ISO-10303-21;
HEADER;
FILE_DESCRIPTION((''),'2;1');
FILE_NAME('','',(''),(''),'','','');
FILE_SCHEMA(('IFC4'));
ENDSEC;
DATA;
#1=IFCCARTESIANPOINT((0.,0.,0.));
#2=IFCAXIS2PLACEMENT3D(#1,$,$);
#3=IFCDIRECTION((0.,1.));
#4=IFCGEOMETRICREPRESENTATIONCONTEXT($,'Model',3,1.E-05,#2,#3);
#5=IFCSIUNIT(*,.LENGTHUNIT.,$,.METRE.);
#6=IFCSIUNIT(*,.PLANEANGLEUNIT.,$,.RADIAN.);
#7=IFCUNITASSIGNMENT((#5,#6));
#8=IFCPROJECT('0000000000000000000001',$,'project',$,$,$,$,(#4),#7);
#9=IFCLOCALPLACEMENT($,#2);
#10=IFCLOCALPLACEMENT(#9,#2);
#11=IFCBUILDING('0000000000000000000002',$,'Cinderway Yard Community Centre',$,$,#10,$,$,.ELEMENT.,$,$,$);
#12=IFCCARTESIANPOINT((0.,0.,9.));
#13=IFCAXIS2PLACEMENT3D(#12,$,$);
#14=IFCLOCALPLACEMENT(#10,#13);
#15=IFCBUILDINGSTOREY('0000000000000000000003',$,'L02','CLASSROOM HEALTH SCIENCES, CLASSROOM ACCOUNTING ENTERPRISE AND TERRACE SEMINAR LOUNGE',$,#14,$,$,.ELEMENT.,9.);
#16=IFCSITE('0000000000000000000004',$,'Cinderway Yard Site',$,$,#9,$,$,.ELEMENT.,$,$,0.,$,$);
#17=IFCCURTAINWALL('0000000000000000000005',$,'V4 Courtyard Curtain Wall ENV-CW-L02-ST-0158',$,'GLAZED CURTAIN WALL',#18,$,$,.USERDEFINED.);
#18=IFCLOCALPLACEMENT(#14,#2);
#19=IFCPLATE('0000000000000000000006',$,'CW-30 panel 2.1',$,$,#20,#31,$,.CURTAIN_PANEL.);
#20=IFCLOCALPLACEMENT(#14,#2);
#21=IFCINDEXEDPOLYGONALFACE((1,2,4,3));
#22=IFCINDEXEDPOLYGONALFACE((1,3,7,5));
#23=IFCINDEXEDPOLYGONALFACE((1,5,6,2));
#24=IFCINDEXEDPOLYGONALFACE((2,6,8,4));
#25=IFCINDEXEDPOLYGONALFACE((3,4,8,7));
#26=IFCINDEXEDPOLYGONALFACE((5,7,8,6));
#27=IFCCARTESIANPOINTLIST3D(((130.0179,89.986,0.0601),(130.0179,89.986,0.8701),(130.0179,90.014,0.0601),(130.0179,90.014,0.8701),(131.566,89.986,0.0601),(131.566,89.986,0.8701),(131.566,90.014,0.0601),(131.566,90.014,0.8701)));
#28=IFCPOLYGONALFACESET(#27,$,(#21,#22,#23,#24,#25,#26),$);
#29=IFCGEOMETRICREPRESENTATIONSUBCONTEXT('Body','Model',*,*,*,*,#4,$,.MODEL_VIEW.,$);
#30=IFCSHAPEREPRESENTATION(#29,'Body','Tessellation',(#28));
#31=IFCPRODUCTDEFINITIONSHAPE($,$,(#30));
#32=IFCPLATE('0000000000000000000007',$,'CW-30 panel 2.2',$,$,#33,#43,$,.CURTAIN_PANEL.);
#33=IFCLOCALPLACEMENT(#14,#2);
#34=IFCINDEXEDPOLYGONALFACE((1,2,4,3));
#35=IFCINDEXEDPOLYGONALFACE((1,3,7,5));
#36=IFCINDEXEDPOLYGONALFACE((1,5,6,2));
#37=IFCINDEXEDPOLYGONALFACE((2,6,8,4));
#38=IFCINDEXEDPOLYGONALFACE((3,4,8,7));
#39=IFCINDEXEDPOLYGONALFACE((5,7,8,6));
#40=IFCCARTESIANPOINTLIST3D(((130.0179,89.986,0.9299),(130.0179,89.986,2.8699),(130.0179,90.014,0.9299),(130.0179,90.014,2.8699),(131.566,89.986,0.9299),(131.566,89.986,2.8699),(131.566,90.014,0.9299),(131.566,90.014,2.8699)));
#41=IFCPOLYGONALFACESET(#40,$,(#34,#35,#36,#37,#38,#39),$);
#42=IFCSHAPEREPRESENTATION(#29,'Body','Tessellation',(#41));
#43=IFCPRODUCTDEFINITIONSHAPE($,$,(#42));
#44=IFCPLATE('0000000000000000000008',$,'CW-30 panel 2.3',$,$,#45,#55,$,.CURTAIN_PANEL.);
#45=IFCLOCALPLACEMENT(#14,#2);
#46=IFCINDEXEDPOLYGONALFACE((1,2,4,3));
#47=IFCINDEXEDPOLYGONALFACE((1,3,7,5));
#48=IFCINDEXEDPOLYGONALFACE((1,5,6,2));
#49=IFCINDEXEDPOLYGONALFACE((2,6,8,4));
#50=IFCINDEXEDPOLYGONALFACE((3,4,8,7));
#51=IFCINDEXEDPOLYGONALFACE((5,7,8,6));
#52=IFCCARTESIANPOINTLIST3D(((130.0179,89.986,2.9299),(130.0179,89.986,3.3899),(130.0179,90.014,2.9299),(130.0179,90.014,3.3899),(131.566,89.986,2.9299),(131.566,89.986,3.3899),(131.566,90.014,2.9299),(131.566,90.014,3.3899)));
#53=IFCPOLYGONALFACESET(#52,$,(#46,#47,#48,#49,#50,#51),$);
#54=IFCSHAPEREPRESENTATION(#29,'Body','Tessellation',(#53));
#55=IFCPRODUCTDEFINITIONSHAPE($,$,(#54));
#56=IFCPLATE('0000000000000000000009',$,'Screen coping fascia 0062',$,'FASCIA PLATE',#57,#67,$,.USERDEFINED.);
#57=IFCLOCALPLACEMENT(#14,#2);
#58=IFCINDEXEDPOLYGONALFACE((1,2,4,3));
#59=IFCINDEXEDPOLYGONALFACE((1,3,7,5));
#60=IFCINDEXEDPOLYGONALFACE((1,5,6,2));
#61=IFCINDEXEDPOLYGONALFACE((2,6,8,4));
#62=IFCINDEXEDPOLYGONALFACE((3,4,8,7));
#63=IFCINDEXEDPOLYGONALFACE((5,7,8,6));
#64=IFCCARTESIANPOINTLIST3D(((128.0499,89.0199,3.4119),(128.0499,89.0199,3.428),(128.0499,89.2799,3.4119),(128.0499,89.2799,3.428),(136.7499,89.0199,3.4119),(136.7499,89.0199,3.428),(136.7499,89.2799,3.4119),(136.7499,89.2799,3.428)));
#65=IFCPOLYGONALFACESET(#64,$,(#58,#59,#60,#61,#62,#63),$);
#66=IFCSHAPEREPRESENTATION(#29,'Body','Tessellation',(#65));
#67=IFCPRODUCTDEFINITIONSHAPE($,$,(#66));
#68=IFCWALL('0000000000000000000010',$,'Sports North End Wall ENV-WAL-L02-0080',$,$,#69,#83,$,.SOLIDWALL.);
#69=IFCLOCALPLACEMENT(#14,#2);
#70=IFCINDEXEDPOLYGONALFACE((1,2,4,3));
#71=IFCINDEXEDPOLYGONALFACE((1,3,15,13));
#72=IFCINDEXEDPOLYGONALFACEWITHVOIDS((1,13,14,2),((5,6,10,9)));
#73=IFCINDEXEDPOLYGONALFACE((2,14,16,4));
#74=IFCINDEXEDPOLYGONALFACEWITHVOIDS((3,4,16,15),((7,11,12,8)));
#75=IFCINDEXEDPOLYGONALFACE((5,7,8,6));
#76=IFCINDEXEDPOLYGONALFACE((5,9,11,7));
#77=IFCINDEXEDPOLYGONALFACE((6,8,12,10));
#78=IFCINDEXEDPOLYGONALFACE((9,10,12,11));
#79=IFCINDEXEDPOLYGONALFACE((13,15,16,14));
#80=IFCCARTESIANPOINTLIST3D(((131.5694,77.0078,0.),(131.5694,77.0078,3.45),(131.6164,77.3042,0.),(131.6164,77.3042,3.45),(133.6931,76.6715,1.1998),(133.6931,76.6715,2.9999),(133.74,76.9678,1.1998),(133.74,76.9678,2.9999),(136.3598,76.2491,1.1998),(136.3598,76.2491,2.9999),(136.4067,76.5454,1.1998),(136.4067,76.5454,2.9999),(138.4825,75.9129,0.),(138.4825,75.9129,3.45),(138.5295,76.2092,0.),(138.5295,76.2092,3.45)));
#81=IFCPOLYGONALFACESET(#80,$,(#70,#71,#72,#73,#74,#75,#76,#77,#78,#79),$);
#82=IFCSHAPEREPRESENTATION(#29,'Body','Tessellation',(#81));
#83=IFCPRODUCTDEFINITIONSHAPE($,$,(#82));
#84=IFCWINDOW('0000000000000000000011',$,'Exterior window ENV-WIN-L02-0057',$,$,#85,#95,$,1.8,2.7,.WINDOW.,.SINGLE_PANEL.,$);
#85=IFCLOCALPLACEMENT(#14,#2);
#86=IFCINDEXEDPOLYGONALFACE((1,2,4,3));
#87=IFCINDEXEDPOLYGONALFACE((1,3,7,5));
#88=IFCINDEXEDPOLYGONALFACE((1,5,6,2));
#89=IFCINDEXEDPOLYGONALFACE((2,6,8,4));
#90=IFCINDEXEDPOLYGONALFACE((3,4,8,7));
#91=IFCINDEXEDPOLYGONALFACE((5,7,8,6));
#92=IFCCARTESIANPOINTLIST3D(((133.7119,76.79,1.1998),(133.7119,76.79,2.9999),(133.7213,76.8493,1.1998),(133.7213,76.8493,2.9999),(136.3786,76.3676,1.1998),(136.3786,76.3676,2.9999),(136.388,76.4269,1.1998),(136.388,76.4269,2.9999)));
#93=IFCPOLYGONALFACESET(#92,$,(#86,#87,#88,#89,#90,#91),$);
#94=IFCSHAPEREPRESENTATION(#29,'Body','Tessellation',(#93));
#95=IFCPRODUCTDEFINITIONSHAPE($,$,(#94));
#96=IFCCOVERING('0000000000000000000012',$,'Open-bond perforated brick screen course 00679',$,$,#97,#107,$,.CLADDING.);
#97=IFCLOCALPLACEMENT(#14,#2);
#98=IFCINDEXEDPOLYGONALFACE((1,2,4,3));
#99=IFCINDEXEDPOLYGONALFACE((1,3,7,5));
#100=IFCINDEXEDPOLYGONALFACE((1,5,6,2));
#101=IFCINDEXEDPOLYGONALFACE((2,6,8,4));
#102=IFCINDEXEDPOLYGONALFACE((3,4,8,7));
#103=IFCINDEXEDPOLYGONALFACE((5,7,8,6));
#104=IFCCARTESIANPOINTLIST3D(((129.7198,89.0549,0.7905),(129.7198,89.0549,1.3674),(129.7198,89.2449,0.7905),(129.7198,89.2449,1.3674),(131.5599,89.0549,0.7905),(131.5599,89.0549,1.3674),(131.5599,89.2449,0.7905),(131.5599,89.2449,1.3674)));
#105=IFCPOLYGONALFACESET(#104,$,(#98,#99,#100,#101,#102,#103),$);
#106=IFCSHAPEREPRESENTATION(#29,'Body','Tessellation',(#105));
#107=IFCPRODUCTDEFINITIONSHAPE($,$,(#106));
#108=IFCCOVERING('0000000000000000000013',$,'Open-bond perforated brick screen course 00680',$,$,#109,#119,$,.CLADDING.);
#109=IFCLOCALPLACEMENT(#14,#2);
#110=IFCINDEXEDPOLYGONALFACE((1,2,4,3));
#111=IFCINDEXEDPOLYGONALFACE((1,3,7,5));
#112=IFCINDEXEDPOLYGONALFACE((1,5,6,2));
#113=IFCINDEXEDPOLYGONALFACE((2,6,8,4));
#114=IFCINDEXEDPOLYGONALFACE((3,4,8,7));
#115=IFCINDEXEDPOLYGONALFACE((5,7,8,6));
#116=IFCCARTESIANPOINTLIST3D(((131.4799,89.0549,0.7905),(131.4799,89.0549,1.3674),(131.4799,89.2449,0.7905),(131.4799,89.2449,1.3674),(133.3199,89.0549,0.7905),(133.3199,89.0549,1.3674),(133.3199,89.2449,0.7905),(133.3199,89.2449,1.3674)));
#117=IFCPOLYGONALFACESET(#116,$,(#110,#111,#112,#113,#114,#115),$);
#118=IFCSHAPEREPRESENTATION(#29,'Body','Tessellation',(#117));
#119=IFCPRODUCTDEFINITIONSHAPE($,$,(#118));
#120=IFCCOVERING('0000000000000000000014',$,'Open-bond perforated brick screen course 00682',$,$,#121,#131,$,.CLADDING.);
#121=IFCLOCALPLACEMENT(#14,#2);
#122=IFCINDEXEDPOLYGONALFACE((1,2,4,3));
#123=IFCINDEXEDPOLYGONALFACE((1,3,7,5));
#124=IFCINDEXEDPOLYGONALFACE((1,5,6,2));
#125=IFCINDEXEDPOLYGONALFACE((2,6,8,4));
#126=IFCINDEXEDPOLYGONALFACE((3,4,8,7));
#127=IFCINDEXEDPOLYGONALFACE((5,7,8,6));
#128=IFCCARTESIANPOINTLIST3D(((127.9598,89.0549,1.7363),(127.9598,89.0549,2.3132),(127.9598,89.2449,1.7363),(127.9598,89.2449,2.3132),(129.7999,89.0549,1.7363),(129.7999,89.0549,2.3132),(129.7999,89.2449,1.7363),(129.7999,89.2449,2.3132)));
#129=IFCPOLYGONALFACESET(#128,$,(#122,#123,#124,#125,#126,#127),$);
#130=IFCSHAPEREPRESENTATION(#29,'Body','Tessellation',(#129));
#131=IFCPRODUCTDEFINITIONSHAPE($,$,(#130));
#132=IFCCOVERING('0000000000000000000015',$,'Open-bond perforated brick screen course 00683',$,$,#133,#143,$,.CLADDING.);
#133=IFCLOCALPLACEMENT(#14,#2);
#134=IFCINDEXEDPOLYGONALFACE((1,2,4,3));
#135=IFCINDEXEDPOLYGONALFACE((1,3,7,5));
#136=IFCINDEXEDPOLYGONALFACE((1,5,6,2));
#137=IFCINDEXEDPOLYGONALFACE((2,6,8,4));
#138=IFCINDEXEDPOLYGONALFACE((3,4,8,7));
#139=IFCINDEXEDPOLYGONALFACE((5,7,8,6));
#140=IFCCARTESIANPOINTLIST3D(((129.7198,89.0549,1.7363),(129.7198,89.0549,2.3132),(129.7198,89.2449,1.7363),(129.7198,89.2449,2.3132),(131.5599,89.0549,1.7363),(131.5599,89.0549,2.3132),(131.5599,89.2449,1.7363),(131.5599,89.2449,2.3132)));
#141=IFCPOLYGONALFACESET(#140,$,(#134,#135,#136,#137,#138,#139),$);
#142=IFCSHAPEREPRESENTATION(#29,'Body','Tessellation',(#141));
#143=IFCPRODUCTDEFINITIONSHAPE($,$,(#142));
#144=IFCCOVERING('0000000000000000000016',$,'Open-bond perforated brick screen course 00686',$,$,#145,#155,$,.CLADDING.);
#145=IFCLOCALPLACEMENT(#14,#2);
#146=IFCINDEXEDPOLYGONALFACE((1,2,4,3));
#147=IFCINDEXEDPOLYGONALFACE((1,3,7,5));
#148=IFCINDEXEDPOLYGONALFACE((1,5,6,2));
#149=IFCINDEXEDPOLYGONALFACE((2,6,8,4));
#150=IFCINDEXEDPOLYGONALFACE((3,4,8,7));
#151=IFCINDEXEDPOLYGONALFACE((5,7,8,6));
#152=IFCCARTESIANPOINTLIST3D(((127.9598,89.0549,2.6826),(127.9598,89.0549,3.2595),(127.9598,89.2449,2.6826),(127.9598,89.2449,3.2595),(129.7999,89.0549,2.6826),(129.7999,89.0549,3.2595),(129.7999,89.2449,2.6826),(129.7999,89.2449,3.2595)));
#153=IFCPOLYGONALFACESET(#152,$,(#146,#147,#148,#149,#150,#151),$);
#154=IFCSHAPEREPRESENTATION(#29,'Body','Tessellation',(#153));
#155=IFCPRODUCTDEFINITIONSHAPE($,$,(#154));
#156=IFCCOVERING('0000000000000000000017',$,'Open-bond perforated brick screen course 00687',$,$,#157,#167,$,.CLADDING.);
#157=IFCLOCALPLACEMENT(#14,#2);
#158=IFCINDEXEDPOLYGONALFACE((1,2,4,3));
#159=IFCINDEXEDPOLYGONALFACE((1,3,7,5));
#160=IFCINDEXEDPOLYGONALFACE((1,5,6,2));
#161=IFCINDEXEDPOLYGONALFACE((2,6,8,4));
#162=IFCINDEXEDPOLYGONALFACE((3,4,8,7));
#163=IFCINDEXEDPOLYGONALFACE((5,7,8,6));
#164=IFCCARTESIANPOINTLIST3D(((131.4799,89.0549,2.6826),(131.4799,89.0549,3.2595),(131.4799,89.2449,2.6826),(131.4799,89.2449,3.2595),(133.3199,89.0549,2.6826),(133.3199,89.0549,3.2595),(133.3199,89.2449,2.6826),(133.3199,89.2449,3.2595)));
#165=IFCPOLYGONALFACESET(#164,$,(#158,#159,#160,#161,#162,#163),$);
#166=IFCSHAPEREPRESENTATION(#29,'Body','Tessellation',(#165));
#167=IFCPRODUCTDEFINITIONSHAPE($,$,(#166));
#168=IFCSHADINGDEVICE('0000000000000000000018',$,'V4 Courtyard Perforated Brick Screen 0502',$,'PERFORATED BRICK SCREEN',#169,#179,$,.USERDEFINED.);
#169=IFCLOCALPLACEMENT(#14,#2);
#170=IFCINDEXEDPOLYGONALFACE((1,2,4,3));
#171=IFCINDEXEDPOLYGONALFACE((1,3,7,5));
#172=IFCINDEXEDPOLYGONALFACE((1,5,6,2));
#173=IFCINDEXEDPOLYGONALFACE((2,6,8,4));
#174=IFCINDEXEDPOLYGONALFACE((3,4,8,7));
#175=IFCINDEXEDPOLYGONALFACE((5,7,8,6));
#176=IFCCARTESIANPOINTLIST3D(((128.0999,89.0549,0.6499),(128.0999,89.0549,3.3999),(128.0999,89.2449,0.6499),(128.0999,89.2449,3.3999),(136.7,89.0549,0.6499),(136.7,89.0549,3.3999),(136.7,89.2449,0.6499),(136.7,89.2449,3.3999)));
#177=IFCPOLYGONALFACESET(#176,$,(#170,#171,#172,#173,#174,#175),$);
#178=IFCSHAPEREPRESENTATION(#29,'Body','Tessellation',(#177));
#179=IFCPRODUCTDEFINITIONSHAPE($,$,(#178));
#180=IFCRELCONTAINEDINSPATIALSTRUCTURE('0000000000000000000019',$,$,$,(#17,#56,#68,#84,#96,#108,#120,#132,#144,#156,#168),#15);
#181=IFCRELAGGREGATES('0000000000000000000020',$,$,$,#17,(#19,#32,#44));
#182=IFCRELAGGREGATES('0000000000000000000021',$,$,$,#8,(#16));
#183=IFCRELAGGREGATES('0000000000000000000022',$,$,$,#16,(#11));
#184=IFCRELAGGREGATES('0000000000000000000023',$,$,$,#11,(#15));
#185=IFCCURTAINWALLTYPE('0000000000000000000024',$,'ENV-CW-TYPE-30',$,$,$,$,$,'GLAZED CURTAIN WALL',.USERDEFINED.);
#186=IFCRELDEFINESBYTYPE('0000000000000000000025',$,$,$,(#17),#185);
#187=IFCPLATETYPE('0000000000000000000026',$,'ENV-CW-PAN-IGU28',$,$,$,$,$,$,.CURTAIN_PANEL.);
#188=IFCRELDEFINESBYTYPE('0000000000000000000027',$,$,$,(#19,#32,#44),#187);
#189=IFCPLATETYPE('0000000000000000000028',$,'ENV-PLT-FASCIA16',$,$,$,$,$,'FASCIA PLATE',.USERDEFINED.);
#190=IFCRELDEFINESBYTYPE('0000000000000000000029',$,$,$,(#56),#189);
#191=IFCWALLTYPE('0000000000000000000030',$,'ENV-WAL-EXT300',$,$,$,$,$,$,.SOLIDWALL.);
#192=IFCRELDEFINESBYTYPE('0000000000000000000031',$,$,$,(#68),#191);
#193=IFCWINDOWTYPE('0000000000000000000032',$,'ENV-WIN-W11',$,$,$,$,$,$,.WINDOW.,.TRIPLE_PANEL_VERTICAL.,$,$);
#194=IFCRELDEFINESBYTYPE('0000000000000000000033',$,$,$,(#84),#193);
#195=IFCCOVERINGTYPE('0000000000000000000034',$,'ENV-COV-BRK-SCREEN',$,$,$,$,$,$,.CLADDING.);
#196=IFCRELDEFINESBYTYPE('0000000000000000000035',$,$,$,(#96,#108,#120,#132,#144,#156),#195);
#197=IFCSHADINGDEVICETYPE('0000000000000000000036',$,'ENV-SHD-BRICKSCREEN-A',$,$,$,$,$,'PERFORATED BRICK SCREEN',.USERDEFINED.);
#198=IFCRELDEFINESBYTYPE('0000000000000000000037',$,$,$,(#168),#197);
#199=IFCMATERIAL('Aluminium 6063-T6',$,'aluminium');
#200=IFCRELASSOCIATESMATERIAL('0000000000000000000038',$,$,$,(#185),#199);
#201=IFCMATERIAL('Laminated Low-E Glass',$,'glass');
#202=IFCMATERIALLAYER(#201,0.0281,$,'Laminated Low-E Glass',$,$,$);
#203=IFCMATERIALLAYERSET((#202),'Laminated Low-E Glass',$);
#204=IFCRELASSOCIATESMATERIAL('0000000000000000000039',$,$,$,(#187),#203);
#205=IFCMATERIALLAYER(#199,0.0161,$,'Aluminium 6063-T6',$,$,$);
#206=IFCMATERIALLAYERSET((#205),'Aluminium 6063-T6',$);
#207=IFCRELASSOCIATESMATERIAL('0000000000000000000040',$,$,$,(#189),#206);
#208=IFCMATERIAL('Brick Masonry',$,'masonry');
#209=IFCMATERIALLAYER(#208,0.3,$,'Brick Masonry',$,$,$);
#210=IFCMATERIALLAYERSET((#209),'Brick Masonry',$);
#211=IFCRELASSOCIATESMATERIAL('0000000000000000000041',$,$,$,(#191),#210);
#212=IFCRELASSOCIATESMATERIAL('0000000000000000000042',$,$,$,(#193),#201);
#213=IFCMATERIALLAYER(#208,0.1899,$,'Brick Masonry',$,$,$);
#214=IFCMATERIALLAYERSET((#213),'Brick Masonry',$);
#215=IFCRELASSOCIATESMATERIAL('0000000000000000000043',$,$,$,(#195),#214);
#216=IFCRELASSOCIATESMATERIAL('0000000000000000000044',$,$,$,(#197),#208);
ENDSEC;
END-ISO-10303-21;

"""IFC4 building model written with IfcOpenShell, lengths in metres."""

from ifc_helpers import new_model, si_unit, direction, frame, frame_2d, origin, origin_2d, place, context, subcontext, project, spatial, rectangle, extrude, material, layer, layer_set, type_object, element, fill, aggregate, save


model = new_model("IFC4")

# Units and contexts
model_context = context("Model", 3, precision=1e-05, world=origin(), true_north=direction((0.0, 1.0)))
body_context = subcontext(model_context, "Body", "Model", "MODEL_VIEW")
ifc_project = project(units=[si_unit("LENGTHUNIT", "METRE"), si_unit("PLANEANGLEUNIT", "RADIAN")], contexts=[model_context])

# Site, building, storey
site_placement = place(None, origin())
site = spatial("IfcSite", under=ifc_project, at=site_placement, Name="Cinderway Yard Site", CompositionType="ELEMENT", RefElevation=0.0)
building_placement = place(site_placement, origin())
building = spatial("IfcBuilding", under=site, at=building_placement, Name="Cinderway Yard Community Centre", CompositionType="ELEMENT")
storey_placement = place(building_placement, frame((0.0, 0.0, 9.0)))
storey = spatial("IfcBuildingStorey", under=building, at=storey_placement, Name="L02", Description="CLASSROOM HEALTH SCIENCES, CLASSROOM ACCOUNTING ENTERPRISE AND TERRACE SEMINAR LOUNGE", CompositionType="ELEMENT", Elevation=9.0)

# Curtain wall
ifc_material_1 = material(Name="Aluminium 6063-T6", Category="aluminium")
curtain_wall_type = type_object("IfcCurtainWallType", Name="ENV-CW-TYPE-30", ElementType="GLAZED CURTAIN WALL", PredefinedType="USERDEFINED", material=ifc_material_1)
curtain_wall_placement = place(storey_placement, origin())
curtain_wall = element("IfcCurtainWall", 1, at=curtain_wall_placement, inside=storey, type_object=curtain_wall_type, Name="V4 Courtyard Curtain Wall ENV-CW-L02-ST-0158", ObjectType="GLAZED CURTAIN WALL", PredefinedType="USERDEFINED")

# Plates
ifc_material_2 = material(Name="Laminated Low-E Glass", Category="glass")
ifc_layer_1 = layer(ifc_material_2, 0.0281, Name="Laminated Low-E Glass")
ifc_layer_set_1 = layer_set([ifc_layer_1], Name="Laminated Low-E Glass")
plate_type_1 = type_object("IfcPlateType", Name="ENV-CW-PAN-IGU28", PredefinedType="CURTAIN_PANEL", material=ifc_layer_set_1)
plate_1_placement = place(storey_placement, frame((130.792, 90.0, 0.0601), z_axis=(0.0, 0.0, 1.0), x_axis=(1.0, 0.0, 0.0)))
plate_1 = element("IfcPlate", 2, at=plate_1_placement, type_object=plate_type_1, Name="CW-30 panel 2.1", PredefinedType="CURTAIN_PANEL", context=body_context, shape_type="SweptSolid", body=[
    extrude(rectangle(XDim=1.5481, YDim=0.0281, at=origin_2d()), origin(), (0.0, 0.0, 1.0), 0.8101),
])
plate_2_placement = place(storey_placement, frame((130.792, 90.0, 0.9299), z_axis=(0.0, 0.0, 1.0), x_axis=(1.0, 0.0, 0.0)))
plate_2 = element("IfcPlate", 3, at=plate_2_placement, type_object=plate_type_1, Name="CW-30 panel 2.2", PredefinedType="CURTAIN_PANEL", context=body_context, shape_type="SweptSolid", body=[
    extrude(rectangle(XDim=1.5481, YDim=0.0281, at=origin_2d()), origin(), (0.0, 0.0, 1.0), 1.9399),
])
plate_3_placement = place(storey_placement, frame((130.792, 90.0, 2.9299), z_axis=(0.0, 0.0, 1.0), x_axis=(1.0, 0.0, 0.0)))
plate_3 = element("IfcPlate", 4, at=plate_3_placement, type_object=plate_type_1, Name="CW-30 panel 2.3", PredefinedType="CURTAIN_PANEL", context=body_context, shape_type="SweptSolid", body=[
    extrude(rectangle(XDim=1.5481, YDim=0.0281, at=origin_2d()), origin(), (0.0, 0.0, 1.0), 0.46),
])
aggregate(curtain_wall, [plate_1, plate_2, plate_3])
ifc_layer_2 = layer(ifc_material_1, 0.0161, Name="Aluminium 6063-T6")
ifc_layer_set_2 = layer_set([ifc_layer_2], Name="Aluminium 6063-T6")
plate_type_2 = type_object("IfcPlateType", Name="ENV-PLT-FASCIA16", ElementType="FASCIA PLATE", PredefinedType="USERDEFINED", material=ifc_layer_set_2)
plate_4_placement = place(storey_placement, frame((132.3999, 89.1499, 3.4119), z_axis=(0.0, 0.0, 1.0), x_axis=(-1.0, 0.0, 0.0)))
element("IfcPlate", 5, at=plate_4_placement, inside=storey, type_object=plate_type_2, Name="Screen coping fascia 0062", ObjectType="FASCIA PLATE", PredefinedType="USERDEFINED", context=body_context, shape_type="SweptSolid", body=[
    extrude(rectangle(XDim=8.7, YDim=0.26, at=origin_2d()), origin(), (0.0, 0.0, 1.0), 0.0161),
])

# Wall, opening, window
ifc_material_3 = material(Name="Brick Masonry", Category="masonry")
ifc_layer_3 = layer(ifc_material_3, 0.3, Name="Brick Masonry")
ifc_layer_set_3 = layer_set([ifc_layer_3], Name="Brick Masonry")
wall_type = type_object("IfcWallType", Name="ENV-WAL-EXT300", PredefinedType="SOLIDWALL", material=ifc_layer_set_3)
wall_placement = place(storey_placement, frame((131.593, 77.156, 0.0), z_axis=(0.0, 0.0, 1.0), x_axis=(0.987687, -0.156441, 0.0)))
wall = element("IfcWall", 6, at=wall_placement, inside=storey, type_object=wall_type, Name="Sports North End Wall ENV-WAL-L02-0080", PredefinedType="SOLIDWALL", context=body_context, shape_type="SweptSolid", body=[
    extrude(rectangle(XDim=6.9993, YDim=0.3, at=frame_2d((3.4995, 0.0))), origin(), (0.0, 0.0, 1.0), 3.45),
])
opening_placement = place(wall_placement, frame((2.1499, 0.0, 1.2)))
opening = element("IfcOpeningElement", 7, at=opening_placement, cuts=wall, PredefinedType="OPENING", context=body_context, shape_type="SweptSolid", body=[
    extrude(rectangle(XDim=2.7, YDim=1.8, at=frame_2d((1.3501, 0.8999))), frame((0.0, 0.1599, 0.0), z_axis=(0.0, -1.0, 0.0), x_axis=(1.0, 0.0, 0.0)), (0.0, 0.0, 1.0), 0.3201),
])
window_type = type_object("IfcWindowType", Name="ENV-WIN-W11", PartitioningType="TRIPLE_PANEL_VERTICAL", PredefinedType="WINDOW", material=ifc_material_2)
window_placement = place(opening_placement, origin())
window = element("IfcWindow", 8, at=window_placement, inside=storey, type_object=window_type, Name="Exterior window ENV-WIN-L02-0057", OverallHeight=1.8, OverallWidth=2.7, PartitioningType="SINGLE_PANEL", PredefinedType="WINDOW", context=body_context, shape_type="SweptSolid", body=[
    extrude(rectangle(XDim=2.7, YDim=1.8, at=frame_2d((1.3501, 0.8999))), frame((0.0, 0.03, 0.0), z_axis=(0.0, -1.0, 0.0), x_axis=(1.0, 0.0, 0.0)), (0.0, 0.0, 1.0), 0.0601),
])
fill(opening, window)

# Coverings
ifc_layer_4 = layer(ifc_material_3, 0.1899, Name="Brick Masonry")
ifc_layer_set_4 = layer_set([ifc_layer_4], Name="Brick Masonry")
covering_type = type_object("IfcCoveringType", Name="ENV-COV-BRK-SCREEN", PredefinedType="CLADDING", material=ifc_layer_set_4)
for number, where, z_axis, x_axis, name in (
    (9, (130.6399, 89.1499, 0.7905), (0.0, 0.0, 1.0), (-1.0, 0.0, 0.0), "Open-bond perforated brick screen course 00679"),
    (10, (132.3999, 89.1499, 0.7905), (0.0, 0.0, 1.0), (-1.0, 0.0, 0.0), "Open-bond perforated brick screen course 00680"),
    (11, (128.8799, 89.1499, 1.7363), (0.0, 0.0, 1.0), (-1.0, 0.0, 0.0), "Open-bond perforated brick screen course 00682"),
    (12, (130.6399, 89.1499, 1.7363), (0.0, 0.0, 1.0), (-1.0, 0.0, 0.0), "Open-bond perforated brick screen course 00683"),
    (13, (128.8799, 89.1499, 2.6826), (0.0, 0.0, 1.0), (-1.0, 0.0, 0.0), "Open-bond perforated brick screen course 00686"),
    (14, (132.3999, 89.1499, 2.6826), (0.0, 0.0, 1.0), (-1.0, 0.0, 0.0), "Open-bond perforated brick screen course 00687"),
):
    element("IfcCovering", number, at=place(storey_placement, frame(where, z_axis=z_axis, x_axis=x_axis)), inside=storey, type_object=covering_type, Name=name, PredefinedType="CLADDING", context=body_context, shape_type="SweptSolid", body=[
        extrude(rectangle(XDim=1.8401, YDim=0.1899, at=origin_2d()), origin(), (0.0, 0.0, 1.0), 0.5769),
    ])

# Shading device
shading_device_type = type_object("IfcShadingDeviceType", Name="ENV-SHD-BRICKSCREEN-A", ElementType="PERFORATED BRICK SCREEN", PredefinedType="USERDEFINED", material=ifc_material_3)
shading_device_placement = place(storey_placement, frame((132.3999, 89.1499, 0.6499), z_axis=(0.0, 0.0, 1.0), x_axis=(-1.0, 0.0, 0.0)))
element("IfcShadingDevice", 15, at=shading_device_placement, inside=storey, type_object=shading_device_type, Name="V4 Courtyard Perforated Brick Screen 0502", ObjectType="PERFORATED BRICK SCREEN", PredefinedType="USERDEFINED", context=body_context, shape_type="SweptSolid", body=[
    extrude(rectangle(XDim=8.6001, YDim=0.1899, at=origin_2d()), origin(), (0.0, 0.0, 1.0), 2.75),
])

save(model, "model.ifc")
